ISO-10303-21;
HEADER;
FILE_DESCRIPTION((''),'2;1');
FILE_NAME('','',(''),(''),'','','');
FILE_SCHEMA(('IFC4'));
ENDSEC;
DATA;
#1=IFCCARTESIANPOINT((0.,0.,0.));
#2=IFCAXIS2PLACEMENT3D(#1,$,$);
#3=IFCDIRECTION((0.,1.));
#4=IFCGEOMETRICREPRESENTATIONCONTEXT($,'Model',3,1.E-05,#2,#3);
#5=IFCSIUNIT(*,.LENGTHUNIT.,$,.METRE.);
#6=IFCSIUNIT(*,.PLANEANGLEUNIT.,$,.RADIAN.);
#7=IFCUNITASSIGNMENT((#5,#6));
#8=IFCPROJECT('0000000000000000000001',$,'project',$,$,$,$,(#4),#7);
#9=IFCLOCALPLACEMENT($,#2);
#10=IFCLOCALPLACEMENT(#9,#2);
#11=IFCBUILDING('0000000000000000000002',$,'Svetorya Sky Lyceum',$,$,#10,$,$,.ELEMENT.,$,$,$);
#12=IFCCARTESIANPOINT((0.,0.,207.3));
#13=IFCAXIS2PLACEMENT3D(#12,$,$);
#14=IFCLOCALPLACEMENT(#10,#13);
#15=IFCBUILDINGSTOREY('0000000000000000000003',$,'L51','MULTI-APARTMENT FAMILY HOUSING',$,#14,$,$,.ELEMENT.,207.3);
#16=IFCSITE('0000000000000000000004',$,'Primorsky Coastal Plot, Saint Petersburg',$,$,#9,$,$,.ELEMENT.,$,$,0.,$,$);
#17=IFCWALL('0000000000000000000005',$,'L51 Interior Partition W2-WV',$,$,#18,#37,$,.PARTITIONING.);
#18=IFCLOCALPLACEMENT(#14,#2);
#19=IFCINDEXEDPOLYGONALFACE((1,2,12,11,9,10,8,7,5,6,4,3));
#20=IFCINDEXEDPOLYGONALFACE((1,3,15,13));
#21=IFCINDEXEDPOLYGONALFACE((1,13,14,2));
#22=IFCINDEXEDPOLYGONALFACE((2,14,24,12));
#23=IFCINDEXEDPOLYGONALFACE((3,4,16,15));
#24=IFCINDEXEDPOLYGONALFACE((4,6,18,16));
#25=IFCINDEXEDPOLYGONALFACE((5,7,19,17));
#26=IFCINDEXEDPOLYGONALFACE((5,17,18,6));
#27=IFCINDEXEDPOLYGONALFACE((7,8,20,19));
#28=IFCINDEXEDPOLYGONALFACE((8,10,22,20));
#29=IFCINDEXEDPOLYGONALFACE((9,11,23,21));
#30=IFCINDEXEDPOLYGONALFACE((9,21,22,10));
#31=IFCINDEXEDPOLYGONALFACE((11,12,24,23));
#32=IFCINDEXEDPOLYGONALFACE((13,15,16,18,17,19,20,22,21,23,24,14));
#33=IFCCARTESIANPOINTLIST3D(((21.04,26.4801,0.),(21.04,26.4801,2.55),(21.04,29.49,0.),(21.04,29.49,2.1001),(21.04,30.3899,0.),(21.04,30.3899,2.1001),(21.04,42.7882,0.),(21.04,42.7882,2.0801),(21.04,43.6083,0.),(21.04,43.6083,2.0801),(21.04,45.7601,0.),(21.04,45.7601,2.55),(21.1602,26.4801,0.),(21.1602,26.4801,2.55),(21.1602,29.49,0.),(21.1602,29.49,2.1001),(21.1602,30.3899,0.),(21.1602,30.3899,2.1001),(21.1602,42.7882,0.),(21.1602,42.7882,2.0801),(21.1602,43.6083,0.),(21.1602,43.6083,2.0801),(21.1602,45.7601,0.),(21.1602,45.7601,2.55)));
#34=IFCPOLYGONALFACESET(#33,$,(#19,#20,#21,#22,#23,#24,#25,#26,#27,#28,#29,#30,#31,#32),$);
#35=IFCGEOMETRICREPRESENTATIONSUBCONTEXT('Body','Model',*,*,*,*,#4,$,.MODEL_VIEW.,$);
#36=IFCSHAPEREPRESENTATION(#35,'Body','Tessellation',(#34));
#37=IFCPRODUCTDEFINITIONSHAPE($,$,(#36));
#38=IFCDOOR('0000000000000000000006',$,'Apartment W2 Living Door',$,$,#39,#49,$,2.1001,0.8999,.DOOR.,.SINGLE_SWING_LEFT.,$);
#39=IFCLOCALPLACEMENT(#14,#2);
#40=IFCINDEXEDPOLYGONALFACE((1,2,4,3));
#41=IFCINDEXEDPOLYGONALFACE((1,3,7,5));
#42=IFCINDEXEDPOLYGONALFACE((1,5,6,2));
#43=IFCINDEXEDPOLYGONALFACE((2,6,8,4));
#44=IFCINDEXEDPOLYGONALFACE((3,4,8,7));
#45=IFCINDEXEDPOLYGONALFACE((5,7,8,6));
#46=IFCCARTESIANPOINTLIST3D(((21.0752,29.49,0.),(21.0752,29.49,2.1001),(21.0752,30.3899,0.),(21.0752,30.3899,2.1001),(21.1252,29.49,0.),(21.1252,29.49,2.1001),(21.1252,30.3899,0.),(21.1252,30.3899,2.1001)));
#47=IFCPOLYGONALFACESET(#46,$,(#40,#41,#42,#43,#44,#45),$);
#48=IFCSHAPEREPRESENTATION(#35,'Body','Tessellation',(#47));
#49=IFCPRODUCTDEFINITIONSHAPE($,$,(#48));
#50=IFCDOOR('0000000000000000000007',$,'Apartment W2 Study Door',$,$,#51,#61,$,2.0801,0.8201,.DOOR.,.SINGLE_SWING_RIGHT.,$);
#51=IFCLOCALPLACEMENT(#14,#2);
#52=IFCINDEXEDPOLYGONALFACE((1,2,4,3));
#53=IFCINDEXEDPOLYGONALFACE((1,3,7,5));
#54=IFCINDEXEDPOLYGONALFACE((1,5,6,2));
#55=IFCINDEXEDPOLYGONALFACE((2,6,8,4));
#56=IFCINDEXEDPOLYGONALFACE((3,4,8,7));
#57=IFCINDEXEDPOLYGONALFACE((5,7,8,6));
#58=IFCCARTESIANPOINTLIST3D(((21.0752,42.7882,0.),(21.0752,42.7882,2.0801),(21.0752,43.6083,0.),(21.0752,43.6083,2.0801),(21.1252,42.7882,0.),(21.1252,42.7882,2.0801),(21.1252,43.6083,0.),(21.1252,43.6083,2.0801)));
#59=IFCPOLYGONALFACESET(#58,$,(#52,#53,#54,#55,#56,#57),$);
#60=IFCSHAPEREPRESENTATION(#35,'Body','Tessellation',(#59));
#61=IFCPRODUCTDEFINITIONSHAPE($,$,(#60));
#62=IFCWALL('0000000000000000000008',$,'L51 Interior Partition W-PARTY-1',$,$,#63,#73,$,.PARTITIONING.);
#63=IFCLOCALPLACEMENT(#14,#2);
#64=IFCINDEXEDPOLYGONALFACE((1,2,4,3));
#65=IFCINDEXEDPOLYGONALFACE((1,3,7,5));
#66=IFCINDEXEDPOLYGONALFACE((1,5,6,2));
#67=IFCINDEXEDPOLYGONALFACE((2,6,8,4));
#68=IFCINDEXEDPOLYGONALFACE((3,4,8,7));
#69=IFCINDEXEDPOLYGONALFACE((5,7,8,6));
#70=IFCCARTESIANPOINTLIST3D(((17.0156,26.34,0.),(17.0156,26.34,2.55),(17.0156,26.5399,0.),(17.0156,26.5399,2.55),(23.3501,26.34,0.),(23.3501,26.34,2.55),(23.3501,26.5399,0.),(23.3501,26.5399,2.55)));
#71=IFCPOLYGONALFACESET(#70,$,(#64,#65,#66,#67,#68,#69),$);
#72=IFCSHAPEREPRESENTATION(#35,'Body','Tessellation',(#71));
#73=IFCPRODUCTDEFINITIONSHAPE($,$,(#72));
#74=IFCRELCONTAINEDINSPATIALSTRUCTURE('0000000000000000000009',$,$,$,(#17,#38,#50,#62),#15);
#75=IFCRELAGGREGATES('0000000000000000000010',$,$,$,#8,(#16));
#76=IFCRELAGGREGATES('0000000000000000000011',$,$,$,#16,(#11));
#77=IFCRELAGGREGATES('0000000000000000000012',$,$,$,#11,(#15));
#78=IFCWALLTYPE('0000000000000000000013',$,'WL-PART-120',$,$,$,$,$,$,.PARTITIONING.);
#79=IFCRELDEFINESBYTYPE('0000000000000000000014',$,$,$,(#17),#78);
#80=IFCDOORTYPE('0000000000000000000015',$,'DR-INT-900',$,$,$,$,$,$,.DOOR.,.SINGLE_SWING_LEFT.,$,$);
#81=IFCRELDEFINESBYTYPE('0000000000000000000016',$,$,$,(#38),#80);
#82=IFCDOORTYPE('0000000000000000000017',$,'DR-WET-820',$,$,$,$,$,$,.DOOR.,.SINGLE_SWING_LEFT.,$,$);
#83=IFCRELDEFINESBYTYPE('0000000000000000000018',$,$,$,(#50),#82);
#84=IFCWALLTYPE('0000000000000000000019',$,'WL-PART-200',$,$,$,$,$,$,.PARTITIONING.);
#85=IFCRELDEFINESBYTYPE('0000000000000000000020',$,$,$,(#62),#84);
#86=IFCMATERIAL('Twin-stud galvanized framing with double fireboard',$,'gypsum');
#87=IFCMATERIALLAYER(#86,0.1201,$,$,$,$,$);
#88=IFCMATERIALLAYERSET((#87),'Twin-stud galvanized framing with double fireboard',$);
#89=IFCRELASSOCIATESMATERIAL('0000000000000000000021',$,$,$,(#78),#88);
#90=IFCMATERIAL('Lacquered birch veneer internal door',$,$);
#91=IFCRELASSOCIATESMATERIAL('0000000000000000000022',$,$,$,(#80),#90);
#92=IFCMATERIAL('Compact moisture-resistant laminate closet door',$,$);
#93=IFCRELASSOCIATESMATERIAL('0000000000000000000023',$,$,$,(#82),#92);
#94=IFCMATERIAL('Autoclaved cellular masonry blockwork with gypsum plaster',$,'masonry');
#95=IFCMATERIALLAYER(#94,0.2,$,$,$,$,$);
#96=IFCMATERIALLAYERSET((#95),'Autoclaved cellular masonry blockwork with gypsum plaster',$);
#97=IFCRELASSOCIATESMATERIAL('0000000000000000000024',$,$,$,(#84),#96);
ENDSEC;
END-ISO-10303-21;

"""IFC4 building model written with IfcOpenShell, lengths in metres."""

from ifc_helpers import new_model, si_unit, direction, frame, frame_2d, origin, place, context, subcontext, project, spatial, rectangle, extrude, material, layer, layer_set, type_object, element, fill, save


model = new_model("IFC4")

# Units and contexts
model_context = context("Model", 3, precision=1e-05, world=origin(), true_north=direction((0.0, 1.0)))
body_context = subcontext(model_context, "Body", "Model", "MODEL_VIEW")
ifc_project = project(units=[si_unit("LENGTHUNIT", "METRE"), si_unit("PLANEANGLEUNIT", "RADIAN")], contexts=[model_context])

# Site, building, storey
site_placement = place(None, origin())
site = spatial("IfcSite", under=ifc_project, at=site_placement, Name="Primorsky Coastal Plot, Saint Petersburg", CompositionType="ELEMENT", RefElevation=0.0)
building_placement = place(site_placement, origin())
building = spatial("IfcBuilding", under=site, at=building_placement, Name="Svetorya Sky Lyceum", CompositionType="ELEMENT")
storey_placement = place(building_placement, frame((0.0, 0.0, 207.3)))
storey = spatial("IfcBuildingStorey", under=building, at=storey_placement, Name="L51", Description="MULTI-APARTMENT FAMILY HOUSING", CompositionType="ELEMENT", Elevation=207.3)

# Shared definitions
ifc_material_1 = material(Name="Twin-stud galvanized framing with double fireboard", Category="gypsum")
ifc_layer_1 = layer(ifc_material_1, 0.1201)
ifc_layer_set_1 = layer_set([ifc_layer_1], Name="Twin-stud galvanized framing with double fireboard")
wall_type_1 = type_object("IfcWallType", Name="WL-PART-120", PredefinedType="PARTITIONING", material=ifc_layer_set_1)
ifc_material_2 = material(Name="Lacquered birch veneer internal door")
door_type_1 = type_object("IfcDoorType", Name="DR-INT-900", OperationType="SINGLE_SWING_LEFT", PredefinedType="DOOR", material=ifc_material_2)

# Wall, openings, doors
wall_1_placement = place(storey_placement, frame((21.1001, 26.48, 0.0), z_axis=(0.0, 0.0, 1.0), x_axis=(0.0, 1.0, 0.0)))
wall_1 = element("IfcWall", 1, at=wall_1_placement, inside=storey, type_object=wall_type_1, Name="L51 Interior Partition W2-WV", PredefinedType="PARTITIONING", context=body_context, shape_type="SweptSolid", body=[
    extrude(rectangle(XDim=19.28, YDim=0.1201, at=frame_2d((9.6401, 0.0))), origin(), (0.0, 0.0, 1.0), 2.55),
])
opening_1_placement = place(wall_1_placement, frame((3.01, 0.0, 0.0)))
opening_1 = element("IfcOpeningElement", 2, at=opening_1_placement, cuts=wall_1, PredefinedType="OPENING", context=body_context, shape_type="SweptSolid", body=[
    extrude(rectangle(XDim=0.8999, YDim=2.1001, at=frame_2d((0.45, 1.05))), frame((0.0, 0.0701, 0.0), z_axis=(0.0, -1.0, 0.0), x_axis=(1.0, 0.0, 0.0)), (0.0, 0.0, 1.0), 0.1401),
])
opening_2_placement = place(wall_1_placement, frame((16.3081, 0.0, 0.0)))
opening_2 = element("IfcOpeningElement", 3, at=opening_2_placement, cuts=wall_1, PredefinedType="OPENING", context=body_context, shape_type="SweptSolid", body=[
    extrude(rectangle(XDim=0.8201, YDim=2.0801, at=frame_2d((0.4102, 1.04))), frame((0.0, 0.0701, 0.0), z_axis=(0.0, -1.0, 0.0), x_axis=(1.0, 0.0, 0.0)), (0.0, 0.0, 1.0), 0.1401),
])
door_1_placement = place(opening_1_placement, origin())
door_1 = element("IfcDoor", 4, at=door_1_placement, inside=storey, type_object=door_type_1, Name="Apartment W2 Living Door", OperationType="SINGLE_SWING_LEFT", OverallHeight=2.1001, OverallWidth=0.8999, PredefinedType="DOOR", context=body_context, shape_type="SweptSolid", body=[
    extrude(rectangle(XDim=0.8999, YDim=2.1001, at=frame_2d((0.45, 1.05))), frame((0.0, 0.0249, 0.0), z_axis=(0.0, -1.0, 0.0), x_axis=(1.0, 0.0, 0.0)), (0.0, 0.0, 1.0), 0.05),
])
fill(opening_1, door_1)
ifc_material_3 = material(Name="Compact moisture-resistant laminate closet door")
door_type_2 = type_object("IfcDoorType", Name="DR-WET-820", OperationType="SINGLE_SWING_LEFT", PredefinedType="DOOR", material=ifc_material_3)
door_2_placement = place(opening_2_placement, origin())
door_2 = element("IfcDoor", 5, at=door_2_placement, inside=storey, type_object=door_type_2, Name="Apartment W2 Study Door", OperationType="SINGLE_SWING_RIGHT", OverallHeight=2.0801, OverallWidth=0.8201, PredefinedType="DOOR", context=body_context, shape_type="SweptSolid", body=[
    extrude(rectangle(XDim=0.8201, YDim=2.0801, at=frame_2d((0.4102, 1.04))), frame((0.0, 0.0249, 0.0), z_axis=(0.0, -1.0, 0.0), x_axis=(1.0, 0.0, 0.0)), (0.0, 0.0, 1.0), 0.05),
])
fill(opening_2, door_2)

# Wall
ifc_material_4 = material(Name="Autoclaved cellular masonry blockwork with gypsum plaster", Category="masonry")
ifc_layer_2 = layer(ifc_material_4, 0.2)
ifc_layer_set_2 = layer_set([ifc_layer_2], Name="Autoclaved cellular masonry blockwork with gypsum plaster")
wall_type_2 = type_object("IfcWallType", Name="WL-PART-200", PredefinedType="PARTITIONING", material=ifc_layer_set_2)
wall_2_placement = place(storey_placement, frame((17.0156, 26.4399, 0.0), z_axis=(0.0, 0.0, 1.0), x_axis=(1.0, 0.0, 0.0)))
element("IfcWall", 6, at=wall_2_placement, inside=storey, type_object=wall_type_2, Name="L51 Interior Partition W-PARTY-1", PredefinedType="PARTITIONING", context=body_context, shape_type="SweptSolid", body=[
    extrude(rectangle(XDim=6.3345, YDim=0.2, at=frame_2d((3.1672, 0.0))), origin(), (0.0, 0.0, 1.0), 2.55),
])

save(model, "model.ifc")
